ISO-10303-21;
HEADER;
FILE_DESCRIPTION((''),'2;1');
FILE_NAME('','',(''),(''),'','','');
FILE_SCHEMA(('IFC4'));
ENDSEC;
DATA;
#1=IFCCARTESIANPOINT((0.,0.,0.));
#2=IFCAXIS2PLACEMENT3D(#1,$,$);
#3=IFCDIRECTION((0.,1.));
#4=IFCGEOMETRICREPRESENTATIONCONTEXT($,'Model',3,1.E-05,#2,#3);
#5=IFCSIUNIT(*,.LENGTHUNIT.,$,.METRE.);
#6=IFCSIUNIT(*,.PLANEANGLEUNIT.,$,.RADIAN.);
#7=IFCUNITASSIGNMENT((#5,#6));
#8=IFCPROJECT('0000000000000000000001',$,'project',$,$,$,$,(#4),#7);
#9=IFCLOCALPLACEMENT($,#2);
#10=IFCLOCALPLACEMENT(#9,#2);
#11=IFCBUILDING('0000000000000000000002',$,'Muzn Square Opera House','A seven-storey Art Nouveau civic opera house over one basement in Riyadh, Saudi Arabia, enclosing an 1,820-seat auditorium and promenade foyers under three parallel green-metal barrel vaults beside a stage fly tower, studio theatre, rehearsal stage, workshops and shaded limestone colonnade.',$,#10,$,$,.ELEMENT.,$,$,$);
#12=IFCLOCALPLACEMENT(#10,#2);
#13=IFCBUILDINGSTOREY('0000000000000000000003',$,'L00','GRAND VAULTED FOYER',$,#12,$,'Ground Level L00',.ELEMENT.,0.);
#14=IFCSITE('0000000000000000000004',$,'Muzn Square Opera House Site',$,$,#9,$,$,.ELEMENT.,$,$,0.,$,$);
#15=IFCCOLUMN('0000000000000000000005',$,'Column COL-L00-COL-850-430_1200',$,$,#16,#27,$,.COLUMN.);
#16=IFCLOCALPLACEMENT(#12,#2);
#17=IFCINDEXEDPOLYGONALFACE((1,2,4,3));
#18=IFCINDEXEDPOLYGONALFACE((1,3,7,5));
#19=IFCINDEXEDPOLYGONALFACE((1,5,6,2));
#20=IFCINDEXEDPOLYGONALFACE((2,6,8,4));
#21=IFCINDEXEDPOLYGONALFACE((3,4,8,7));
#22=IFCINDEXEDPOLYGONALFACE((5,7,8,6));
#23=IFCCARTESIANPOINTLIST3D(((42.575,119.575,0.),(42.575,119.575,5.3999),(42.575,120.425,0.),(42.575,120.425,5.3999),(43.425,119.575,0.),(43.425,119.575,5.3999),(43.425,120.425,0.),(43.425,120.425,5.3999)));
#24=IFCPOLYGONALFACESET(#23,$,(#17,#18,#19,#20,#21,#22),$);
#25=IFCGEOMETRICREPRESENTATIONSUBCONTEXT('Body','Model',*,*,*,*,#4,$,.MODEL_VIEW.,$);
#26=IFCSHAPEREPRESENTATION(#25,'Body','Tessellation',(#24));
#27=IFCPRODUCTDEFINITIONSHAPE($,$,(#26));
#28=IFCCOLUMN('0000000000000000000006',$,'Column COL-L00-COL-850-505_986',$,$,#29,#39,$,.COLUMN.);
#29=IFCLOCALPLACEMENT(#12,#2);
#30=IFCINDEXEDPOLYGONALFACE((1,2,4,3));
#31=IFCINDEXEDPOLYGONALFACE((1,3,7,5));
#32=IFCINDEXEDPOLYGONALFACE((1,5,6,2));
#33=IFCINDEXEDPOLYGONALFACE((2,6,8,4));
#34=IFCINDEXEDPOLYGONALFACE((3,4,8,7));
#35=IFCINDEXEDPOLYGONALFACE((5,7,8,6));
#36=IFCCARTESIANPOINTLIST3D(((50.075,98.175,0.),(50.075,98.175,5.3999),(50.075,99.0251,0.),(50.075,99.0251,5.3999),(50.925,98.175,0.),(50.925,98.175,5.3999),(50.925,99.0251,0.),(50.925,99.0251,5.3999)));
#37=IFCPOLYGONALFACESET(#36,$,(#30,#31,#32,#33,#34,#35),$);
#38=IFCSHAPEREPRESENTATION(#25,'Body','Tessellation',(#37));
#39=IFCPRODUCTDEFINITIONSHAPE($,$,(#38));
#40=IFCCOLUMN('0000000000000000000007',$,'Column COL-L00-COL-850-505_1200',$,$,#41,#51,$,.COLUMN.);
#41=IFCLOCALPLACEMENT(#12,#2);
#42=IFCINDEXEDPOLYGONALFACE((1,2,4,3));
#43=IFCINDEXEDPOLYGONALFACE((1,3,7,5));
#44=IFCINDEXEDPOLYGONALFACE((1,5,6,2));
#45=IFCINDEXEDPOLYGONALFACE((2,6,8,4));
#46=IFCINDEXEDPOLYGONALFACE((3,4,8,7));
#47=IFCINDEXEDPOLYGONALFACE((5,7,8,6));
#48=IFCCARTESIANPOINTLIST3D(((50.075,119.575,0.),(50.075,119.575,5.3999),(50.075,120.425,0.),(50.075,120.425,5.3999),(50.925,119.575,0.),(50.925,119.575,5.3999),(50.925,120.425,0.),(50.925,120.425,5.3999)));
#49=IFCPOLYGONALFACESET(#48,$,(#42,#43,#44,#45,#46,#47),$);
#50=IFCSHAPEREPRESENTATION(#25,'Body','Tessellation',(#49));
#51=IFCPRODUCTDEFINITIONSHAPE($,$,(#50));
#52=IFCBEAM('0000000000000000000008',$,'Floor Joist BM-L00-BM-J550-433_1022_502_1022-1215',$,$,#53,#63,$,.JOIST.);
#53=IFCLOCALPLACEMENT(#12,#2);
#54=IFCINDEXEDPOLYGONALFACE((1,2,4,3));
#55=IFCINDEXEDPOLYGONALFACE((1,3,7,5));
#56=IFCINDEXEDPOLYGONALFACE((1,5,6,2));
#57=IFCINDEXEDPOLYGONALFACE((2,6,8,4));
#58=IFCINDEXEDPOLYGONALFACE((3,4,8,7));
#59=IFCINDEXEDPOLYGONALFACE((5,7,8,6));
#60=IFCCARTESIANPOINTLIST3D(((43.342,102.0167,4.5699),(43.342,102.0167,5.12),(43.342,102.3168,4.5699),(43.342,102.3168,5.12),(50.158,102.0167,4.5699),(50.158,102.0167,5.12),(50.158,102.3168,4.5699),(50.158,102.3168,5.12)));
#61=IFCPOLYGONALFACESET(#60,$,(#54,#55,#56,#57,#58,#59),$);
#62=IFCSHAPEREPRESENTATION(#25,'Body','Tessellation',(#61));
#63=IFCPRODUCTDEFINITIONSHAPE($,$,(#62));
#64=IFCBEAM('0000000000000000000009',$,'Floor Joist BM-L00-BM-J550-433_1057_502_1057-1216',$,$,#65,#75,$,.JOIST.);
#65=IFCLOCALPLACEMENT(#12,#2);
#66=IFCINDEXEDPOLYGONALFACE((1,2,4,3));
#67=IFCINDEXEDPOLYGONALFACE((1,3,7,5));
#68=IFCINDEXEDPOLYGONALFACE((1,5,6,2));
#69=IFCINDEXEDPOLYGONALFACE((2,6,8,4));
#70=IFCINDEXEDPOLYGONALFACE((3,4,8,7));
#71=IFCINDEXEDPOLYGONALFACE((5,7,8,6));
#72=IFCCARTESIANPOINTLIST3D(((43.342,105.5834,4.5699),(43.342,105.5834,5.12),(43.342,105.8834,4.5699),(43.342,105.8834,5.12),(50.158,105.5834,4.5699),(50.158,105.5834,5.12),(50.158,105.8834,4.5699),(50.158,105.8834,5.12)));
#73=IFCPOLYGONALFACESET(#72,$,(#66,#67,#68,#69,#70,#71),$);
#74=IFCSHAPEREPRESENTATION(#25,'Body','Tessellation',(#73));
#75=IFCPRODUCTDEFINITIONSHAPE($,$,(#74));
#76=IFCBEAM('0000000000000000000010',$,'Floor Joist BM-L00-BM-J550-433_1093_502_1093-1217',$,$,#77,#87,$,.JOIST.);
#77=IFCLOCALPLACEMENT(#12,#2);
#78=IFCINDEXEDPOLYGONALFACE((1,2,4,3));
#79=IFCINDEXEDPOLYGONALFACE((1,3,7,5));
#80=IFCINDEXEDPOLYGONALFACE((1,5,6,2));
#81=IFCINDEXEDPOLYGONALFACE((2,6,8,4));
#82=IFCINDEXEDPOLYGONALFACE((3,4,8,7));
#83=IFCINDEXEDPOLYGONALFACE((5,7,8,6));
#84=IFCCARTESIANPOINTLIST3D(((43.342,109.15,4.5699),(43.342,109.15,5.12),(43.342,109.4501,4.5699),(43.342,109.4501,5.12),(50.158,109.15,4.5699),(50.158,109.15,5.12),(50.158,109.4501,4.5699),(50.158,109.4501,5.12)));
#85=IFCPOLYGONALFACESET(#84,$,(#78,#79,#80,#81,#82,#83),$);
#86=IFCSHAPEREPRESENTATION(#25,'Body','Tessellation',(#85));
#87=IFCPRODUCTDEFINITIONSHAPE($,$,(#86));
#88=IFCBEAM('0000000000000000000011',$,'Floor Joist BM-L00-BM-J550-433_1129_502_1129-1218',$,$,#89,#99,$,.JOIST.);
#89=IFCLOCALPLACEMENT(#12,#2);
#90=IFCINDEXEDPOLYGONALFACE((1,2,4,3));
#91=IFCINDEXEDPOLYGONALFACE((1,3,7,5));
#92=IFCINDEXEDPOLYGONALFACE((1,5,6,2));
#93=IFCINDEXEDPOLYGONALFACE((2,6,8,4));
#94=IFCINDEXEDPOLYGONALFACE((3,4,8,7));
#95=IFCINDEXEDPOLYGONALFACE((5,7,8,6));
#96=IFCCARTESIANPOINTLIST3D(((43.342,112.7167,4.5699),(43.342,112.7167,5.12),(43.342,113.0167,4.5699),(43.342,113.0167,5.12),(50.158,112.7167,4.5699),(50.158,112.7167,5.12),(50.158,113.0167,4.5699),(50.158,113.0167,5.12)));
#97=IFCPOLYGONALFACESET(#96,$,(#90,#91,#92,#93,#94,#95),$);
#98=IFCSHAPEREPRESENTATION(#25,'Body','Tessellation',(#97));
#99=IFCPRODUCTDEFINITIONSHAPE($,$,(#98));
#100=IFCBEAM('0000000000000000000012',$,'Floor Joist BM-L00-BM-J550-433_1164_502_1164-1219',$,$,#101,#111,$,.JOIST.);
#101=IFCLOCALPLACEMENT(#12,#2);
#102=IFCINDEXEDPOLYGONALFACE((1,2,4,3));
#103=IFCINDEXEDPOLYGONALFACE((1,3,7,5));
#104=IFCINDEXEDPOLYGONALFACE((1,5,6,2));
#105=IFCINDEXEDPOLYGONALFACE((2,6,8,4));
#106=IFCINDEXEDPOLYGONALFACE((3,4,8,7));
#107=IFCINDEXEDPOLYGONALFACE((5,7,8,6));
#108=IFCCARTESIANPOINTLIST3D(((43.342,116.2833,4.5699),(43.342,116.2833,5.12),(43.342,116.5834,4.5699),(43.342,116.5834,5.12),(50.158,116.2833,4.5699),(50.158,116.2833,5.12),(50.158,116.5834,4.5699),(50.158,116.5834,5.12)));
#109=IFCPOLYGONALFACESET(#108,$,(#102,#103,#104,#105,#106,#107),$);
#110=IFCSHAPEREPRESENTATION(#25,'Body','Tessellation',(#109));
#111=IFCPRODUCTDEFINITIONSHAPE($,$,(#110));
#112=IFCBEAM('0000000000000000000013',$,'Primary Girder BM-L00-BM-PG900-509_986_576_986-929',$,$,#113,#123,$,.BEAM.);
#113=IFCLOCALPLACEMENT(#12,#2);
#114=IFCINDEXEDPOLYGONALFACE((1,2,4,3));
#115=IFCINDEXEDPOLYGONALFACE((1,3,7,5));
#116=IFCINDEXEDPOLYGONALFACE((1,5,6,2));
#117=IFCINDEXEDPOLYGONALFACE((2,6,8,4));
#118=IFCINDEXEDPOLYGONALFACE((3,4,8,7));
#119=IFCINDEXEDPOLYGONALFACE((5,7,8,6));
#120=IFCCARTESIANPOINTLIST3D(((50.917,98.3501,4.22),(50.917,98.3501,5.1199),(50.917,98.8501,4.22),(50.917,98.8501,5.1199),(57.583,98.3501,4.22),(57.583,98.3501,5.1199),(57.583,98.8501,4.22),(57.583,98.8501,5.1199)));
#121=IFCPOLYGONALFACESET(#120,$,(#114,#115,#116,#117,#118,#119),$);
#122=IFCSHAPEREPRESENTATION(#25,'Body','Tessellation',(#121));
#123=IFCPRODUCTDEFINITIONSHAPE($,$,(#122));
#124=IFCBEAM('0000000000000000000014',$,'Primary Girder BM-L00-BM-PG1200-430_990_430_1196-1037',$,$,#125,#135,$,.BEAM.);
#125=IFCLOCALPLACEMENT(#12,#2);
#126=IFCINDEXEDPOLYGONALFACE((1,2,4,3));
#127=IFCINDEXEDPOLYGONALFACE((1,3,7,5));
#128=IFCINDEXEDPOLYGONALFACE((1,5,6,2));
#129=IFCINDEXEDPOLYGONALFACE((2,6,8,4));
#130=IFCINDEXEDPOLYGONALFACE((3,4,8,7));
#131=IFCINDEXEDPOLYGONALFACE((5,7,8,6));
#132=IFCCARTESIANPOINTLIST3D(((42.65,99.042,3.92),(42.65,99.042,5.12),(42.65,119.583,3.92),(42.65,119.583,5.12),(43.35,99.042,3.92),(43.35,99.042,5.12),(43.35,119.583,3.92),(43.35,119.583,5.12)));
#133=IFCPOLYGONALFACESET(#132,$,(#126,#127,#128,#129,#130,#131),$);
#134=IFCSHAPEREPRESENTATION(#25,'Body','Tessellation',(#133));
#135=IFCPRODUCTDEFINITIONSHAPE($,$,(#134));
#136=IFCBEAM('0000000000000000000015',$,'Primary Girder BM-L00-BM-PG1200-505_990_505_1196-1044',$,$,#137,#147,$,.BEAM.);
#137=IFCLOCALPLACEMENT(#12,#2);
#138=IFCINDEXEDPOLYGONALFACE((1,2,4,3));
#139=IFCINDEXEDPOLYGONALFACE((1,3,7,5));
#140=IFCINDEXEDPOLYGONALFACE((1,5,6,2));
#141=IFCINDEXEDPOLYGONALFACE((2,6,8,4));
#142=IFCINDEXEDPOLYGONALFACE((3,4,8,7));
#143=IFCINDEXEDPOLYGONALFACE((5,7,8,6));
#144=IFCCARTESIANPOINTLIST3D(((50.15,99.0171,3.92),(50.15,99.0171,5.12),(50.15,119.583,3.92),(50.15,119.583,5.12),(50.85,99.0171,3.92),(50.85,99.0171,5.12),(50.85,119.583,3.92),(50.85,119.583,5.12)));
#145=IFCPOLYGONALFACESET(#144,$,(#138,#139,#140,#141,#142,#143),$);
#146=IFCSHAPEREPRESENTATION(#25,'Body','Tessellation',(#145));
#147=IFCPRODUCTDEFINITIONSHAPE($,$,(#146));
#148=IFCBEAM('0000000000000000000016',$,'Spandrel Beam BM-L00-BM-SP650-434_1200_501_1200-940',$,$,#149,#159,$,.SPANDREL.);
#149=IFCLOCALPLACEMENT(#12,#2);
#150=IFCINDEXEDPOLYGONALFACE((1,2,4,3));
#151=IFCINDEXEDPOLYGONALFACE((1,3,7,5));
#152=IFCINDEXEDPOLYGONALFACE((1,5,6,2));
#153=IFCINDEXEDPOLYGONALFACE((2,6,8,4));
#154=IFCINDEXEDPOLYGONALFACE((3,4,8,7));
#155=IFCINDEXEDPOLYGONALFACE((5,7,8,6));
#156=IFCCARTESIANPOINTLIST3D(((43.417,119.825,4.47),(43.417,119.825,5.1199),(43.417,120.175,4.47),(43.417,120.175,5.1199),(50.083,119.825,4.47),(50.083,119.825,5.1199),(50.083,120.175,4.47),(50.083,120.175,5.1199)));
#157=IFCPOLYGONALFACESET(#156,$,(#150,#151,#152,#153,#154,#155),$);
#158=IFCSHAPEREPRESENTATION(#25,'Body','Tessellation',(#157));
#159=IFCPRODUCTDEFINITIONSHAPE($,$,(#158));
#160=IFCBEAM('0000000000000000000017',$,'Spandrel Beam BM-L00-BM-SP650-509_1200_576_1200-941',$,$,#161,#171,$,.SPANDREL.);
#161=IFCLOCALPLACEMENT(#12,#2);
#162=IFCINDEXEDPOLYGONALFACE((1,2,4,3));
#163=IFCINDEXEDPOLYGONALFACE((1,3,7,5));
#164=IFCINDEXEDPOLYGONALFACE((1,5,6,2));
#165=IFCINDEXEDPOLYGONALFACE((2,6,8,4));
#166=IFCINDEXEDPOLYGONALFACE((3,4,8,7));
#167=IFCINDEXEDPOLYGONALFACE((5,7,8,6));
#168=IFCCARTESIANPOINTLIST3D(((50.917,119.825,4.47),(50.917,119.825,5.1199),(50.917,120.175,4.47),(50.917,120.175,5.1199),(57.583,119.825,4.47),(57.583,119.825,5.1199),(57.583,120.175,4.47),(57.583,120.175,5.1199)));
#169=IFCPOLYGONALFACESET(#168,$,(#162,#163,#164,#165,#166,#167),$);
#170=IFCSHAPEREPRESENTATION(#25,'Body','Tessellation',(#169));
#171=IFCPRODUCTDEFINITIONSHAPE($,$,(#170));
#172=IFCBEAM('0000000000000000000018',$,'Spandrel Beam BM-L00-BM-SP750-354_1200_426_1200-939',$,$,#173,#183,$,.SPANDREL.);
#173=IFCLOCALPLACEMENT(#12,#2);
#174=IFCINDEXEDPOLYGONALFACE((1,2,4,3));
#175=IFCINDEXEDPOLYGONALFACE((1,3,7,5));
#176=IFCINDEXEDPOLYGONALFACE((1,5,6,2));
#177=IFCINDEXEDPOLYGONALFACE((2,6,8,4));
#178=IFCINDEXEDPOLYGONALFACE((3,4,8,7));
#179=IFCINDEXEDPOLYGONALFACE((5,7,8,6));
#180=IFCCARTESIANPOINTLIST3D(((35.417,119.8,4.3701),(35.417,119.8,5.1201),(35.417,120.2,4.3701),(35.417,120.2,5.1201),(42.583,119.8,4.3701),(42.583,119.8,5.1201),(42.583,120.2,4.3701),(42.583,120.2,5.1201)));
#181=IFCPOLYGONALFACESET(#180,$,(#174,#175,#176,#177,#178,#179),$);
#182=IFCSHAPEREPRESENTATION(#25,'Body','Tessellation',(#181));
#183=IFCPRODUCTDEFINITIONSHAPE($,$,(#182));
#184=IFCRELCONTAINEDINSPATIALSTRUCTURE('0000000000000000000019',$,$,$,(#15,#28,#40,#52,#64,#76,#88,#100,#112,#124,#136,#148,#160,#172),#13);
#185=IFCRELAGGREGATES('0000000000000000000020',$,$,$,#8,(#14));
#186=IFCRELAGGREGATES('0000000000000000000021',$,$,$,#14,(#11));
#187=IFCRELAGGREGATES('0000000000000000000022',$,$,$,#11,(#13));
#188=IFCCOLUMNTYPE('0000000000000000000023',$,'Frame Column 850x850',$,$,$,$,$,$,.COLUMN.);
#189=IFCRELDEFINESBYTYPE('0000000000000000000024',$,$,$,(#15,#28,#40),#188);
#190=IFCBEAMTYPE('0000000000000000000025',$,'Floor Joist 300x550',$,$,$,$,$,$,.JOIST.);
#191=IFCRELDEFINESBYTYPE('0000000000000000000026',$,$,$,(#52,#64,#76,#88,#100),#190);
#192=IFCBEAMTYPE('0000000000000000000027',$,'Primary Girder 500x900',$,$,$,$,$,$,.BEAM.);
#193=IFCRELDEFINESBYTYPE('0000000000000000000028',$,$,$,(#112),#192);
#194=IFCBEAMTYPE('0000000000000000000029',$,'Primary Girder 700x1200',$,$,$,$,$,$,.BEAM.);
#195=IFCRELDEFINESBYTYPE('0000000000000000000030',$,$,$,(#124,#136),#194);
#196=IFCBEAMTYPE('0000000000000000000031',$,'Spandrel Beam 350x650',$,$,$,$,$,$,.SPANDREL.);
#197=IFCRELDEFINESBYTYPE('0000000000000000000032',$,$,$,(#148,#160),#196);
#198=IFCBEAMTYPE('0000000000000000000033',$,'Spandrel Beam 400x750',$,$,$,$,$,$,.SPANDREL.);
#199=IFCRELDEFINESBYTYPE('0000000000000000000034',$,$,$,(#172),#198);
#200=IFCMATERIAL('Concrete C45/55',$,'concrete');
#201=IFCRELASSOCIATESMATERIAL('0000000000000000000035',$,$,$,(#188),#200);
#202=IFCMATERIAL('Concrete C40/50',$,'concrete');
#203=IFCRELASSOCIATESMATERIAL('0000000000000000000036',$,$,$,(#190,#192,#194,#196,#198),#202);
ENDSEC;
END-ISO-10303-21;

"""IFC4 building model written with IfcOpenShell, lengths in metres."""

from ifc_helpers import new_model, si_unit, direction, frame, origin, origin_2d, place, context, subcontext, project, spatial, rectangle, extrude, material, material_profile, profile_set, type_object, element, save


model = new_model("IFC4")

# Units and contexts
model_context = context("Model", 3, precision=1e-05, world=origin(), true_north=direction((0.0, 1.0)))
body_context = subcontext(model_context, "Body", "Model", "MODEL_VIEW")
ifc_project = project(units=[si_unit("LENGTHUNIT", "METRE"), si_unit("PLANEANGLEUNIT", "RADIAN")], contexts=[model_context])

# Site, building, storey
site_placement = place(None, origin())
site = spatial("IfcSite", under=ifc_project, at=site_placement, Name="Muzn Square Opera House Site", CompositionType="ELEMENT", RefElevation=0.0)
building_placement = place(site_placement, origin())
building = spatial("IfcBuilding", under=site, at=building_placement, Name="Muzn Square Opera House", Description="A seven-storey Art Nouveau civic opera house over one basement in Riyadh, Saudi Arabia, enclosing an 1,820-seat auditorium and promenade foyers under three parallel green-metal barrel vaults beside a stage fly tower, studio theatre, rehearsal stage, workshops and shaded limestone colonnade.", CompositionType="ELEMENT")
storey_placement = place(building_placement, origin())
storey = spatial("IfcBuildingStorey", under=building, at=storey_placement, Name="L00", Description="GRAND VAULTED FOYER", LongName="Ground Level L00", CompositionType="ELEMENT", Elevation=0.0)

# Columns
ifc_material_1 = material(Name="Concrete C45/55", Category="concrete")
ifc_material_profile_1 = material_profile(ifc_material_1, rectangle(XDim=0.8501, YDim=0.8501, at=origin_2d()), Name="RC 850x850", Category="concrete")
ifc_profile_set_1 = profile_set([ifc_material_profile_1], Name="Concrete C45/55")
column_type = type_object("IfcColumnType", Name="Frame Column 850x850", PredefinedType="COLUMN", material=ifc_profile_set_1)
for number, where, z_axis, x_axis, name in (
    (1, (43.0, 120.0, 0.0), (0.0, 0.0, 1.0), (1.0, 0.0, 0.0), "Column COL-L00-COL-850-430_1200"),
    (2, (50.5, 98.6001, 0.0), (0.0, 0.0, 1.0), (1.0, 0.0, 0.0), "Column COL-L00-COL-850-505_986"),
    (3, (50.5, 120.0, 0.0), (0.0, 0.0, 1.0), (1.0, 0.0, 0.0), "Column COL-L00-COL-850-505_1200"),
):
    element("IfcColumn", number, at=place(storey_placement, frame(where, z_axis=z_axis, x_axis=x_axis)), inside=storey, type_object=column_type, Name=name, PredefinedType="COLUMN", context=body_context, shape_type="SweptSolid", body=[
        extrude(rectangle(XDim=0.8501, YDim=0.8501, at=origin_2d()), origin(), (0.0, 0.0, 1.0), 5.3999),
    ])

# Beams
ifc_material_2 = material(Name="Concrete C40/50", Category="concrete")
ifc_material_profile_2 = material_profile(ifc_material_2, rectangle(XDim=0.3, YDim=0.55, at=origin_2d()), Name="RCJ 300x550", Category="concrete")
ifc_profile_set_2 = profile_set([ifc_material_profile_2], Name="Concrete C40/50")
beam_type_1 = type_object("IfcBeamType", Name="Floor Joist 300x550", PredefinedType="JOIST", material=ifc_profile_set_2)
for number, where, z_axis, x_axis, name in (
    (4, (43.342, 102.1667, 4.845), (1.0, 0.0, 0.0), (0.0, 1.0, 0.0), "Floor Joist BM-L00-BM-J550-433_1022_502_1022-1215"),
    (5, (43.342, 105.7334, 4.845), (1.0, 0.0, 0.0), (0.0, 1.0, 0.0), "Floor Joist BM-L00-BM-J550-433_1057_502_1057-1216"),
    (6, (43.342, 109.3, 4.845), (1.0, 0.0, 0.0), (0.0, 1.0, 0.0), "Floor Joist BM-L00-BM-J550-433_1093_502_1093-1217"),
    (7, (43.342, 112.8667, 4.845), (1.0, 0.0, 0.0), (0.0, 1.0, 0.0), "Floor Joist BM-L00-BM-J550-433_1129_502_1129-1218"),
    (8, (43.342, 116.4333, 4.845), (1.0, 0.0, 0.0), (0.0, 1.0, 0.0), "Floor Joist BM-L00-BM-J550-433_1164_502_1164-1219"),
):
    element("IfcBeam", number, at=place(storey_placement, frame(where, z_axis=z_axis, x_axis=x_axis)), inside=storey, type_object=beam_type_1, Name=name, PredefinedType="JOIST", context=body_context, shape_type="SweptSolid", body=[
        extrude(rectangle(XDim=0.3, YDim=0.55, at=origin_2d()), origin(), (0.0, 0.0, 1.0), 6.8159),
    ])
ifc_material_profile_3 = material_profile(ifc_material_2, rectangle(XDim=0.5, YDim=0.8999, at=origin_2d()), Name="RCB 500x900", Category="concrete")
ifc_profile_set_3 = profile_set([ifc_material_profile_3], Name="Concrete C40/50")
beam_type_2 = type_object("IfcBeamType", Name="Primary Girder 500x900", PredefinedType="BEAM", material=ifc_profile_set_3)
beam_1_placement = place(storey_placement, frame((50.917, 98.6001, 4.6699), z_axis=(1.0, 0.0, 0.0), x_axis=(0.0, 1.0, 0.0)))
element("IfcBeam", 9, at=beam_1_placement, inside=storey, type_object=beam_type_2, Name="Primary Girder BM-L00-BM-PG900-509_986_576_986-929", PredefinedType="BEAM", context=body_context, shape_type="SweptSolid", body=[
    extrude(rectangle(XDim=0.5, YDim=0.8999, at=origin_2d()), origin(), (0.0, 0.0, 1.0), 6.666),
])
ifc_material_profile_4 = material_profile(ifc_material_2, rectangle(XDim=0.7, YDim=1.2, at=origin_2d()), Name="RCB 700x1200", Category="concrete")
ifc_profile_set_4 = profile_set([ifc_material_profile_4], Name="Concrete C40/50")
beam_type_3 = type_object("IfcBeamType", Name="Primary Girder 700x1200", PredefinedType="BEAM", material=ifc_profile_set_4)
beam_2_placement = place(storey_placement, frame((43.0, 99.042, 4.52), z_axis=(0.0, 1.0, 0.0), x_axis=(-1.0, 0.0, 0.0)))
element("IfcBeam", 10, at=beam_2_placement, inside=storey, type_object=beam_type_3, Name="Primary Girder BM-L00-BM-PG1200-430_990_430_1196-1037", PredefinedType="BEAM", context=body_context, shape_type="SweptSolid", body=[
    extrude(rectangle(XDim=0.7, YDim=1.2, at=origin_2d()), origin(), (0.0, 0.0, 1.0), 20.541),
])
beam_3_placement = place(storey_placement, frame((50.5, 99.0171, 4.52), z_axis=(0.0, 1.0, 0.0), x_axis=(-1.0, 0.0, 0.0)))
element("IfcBeam", 11, at=beam_3_placement, inside=storey, type_object=beam_type_3, Name="Primary Girder BM-L00-BM-PG1200-505_990_505_1196-1044", PredefinedType="BEAM", context=body_context, shape_type="SweptSolid", body=[
    extrude(rectangle(XDim=0.7, YDim=1.2, at=origin_2d()), origin(), (0.0, 0.0, 1.0), 20.5659),
])
ifc_material_profile_5 = material_profile(ifc_material_2, rectangle(XDim=0.3501, YDim=0.6499, at=origin_2d()), Name="RCS 350x650", Category="concrete")
ifc_profile_set_5 = profile_set([ifc_material_profile_5], Name="Concrete C40/50")
beam_type_4 = type_object("IfcBeamType", Name="Spandrel Beam 350x650", PredefinedType="SPANDREL", material=ifc_profile_set_5)
for number, where, z_axis, x_axis, name in (
    (12, (43.417, 120.0, 4.7949), (1.0, 0.0, 0.0), (0.0, 1.0, 0.0), "Spandrel Beam BM-L00-BM-SP650-434_1200_501_1200-940"),
    (13, (50.917, 120.0, 4.7949), (1.0, 0.0, 0.0), (0.0, 1.0, 0.0), "Spandrel Beam BM-L00-BM-SP650-509_1200_576_1200-941"),
):
    element("IfcBeam", number, at=place(storey_placement, frame(where, z_axis=z_axis, x_axis=x_axis)), inside=storey, type_object=beam_type_4, Name=name, PredefinedType="SPANDREL", context=body_context, shape_type="SweptSolid", body=[
        extrude(rectangle(XDim=0.3501, YDim=0.6499, at=origin_2d()), origin(), (0.0, 0.0, 1.0), 6.666),
    ])
ifc_material_profile_6 = material_profile(ifc_material_2, rectangle(XDim=0.3999, YDim=0.75, at=origin_2d()), Name="RCS 400x750", Category="concrete")
ifc_profile_set_6 = profile_set([ifc_material_profile_6], Name="Concrete C40/50")
beam_type_5 = type_object("IfcBeamType", Name="Spandrel Beam 400x750", PredefinedType="SPANDREL", material=ifc_profile_set_6)
beam_4_placement = place(storey_placement, frame((35.417, 120.0, 4.7451), z_axis=(1.0, 0.0, 0.0), x_axis=(0.0, 1.0, 0.0)))
element("IfcBeam", 14, at=beam_4_placement, inside=storey, type_object=beam_type_5, Name="Spandrel Beam BM-L00-BM-SP750-354_1200_426_1200-939", PredefinedType="SPANDREL", context=body_context, shape_type="SweptSolid", body=[
    extrude(rectangle(XDim=0.3999, YDim=0.75, at=origin_2d()), origin(), (0.0, 0.0, 1.0), 7.166),
])

save(model, "model.ifc")
